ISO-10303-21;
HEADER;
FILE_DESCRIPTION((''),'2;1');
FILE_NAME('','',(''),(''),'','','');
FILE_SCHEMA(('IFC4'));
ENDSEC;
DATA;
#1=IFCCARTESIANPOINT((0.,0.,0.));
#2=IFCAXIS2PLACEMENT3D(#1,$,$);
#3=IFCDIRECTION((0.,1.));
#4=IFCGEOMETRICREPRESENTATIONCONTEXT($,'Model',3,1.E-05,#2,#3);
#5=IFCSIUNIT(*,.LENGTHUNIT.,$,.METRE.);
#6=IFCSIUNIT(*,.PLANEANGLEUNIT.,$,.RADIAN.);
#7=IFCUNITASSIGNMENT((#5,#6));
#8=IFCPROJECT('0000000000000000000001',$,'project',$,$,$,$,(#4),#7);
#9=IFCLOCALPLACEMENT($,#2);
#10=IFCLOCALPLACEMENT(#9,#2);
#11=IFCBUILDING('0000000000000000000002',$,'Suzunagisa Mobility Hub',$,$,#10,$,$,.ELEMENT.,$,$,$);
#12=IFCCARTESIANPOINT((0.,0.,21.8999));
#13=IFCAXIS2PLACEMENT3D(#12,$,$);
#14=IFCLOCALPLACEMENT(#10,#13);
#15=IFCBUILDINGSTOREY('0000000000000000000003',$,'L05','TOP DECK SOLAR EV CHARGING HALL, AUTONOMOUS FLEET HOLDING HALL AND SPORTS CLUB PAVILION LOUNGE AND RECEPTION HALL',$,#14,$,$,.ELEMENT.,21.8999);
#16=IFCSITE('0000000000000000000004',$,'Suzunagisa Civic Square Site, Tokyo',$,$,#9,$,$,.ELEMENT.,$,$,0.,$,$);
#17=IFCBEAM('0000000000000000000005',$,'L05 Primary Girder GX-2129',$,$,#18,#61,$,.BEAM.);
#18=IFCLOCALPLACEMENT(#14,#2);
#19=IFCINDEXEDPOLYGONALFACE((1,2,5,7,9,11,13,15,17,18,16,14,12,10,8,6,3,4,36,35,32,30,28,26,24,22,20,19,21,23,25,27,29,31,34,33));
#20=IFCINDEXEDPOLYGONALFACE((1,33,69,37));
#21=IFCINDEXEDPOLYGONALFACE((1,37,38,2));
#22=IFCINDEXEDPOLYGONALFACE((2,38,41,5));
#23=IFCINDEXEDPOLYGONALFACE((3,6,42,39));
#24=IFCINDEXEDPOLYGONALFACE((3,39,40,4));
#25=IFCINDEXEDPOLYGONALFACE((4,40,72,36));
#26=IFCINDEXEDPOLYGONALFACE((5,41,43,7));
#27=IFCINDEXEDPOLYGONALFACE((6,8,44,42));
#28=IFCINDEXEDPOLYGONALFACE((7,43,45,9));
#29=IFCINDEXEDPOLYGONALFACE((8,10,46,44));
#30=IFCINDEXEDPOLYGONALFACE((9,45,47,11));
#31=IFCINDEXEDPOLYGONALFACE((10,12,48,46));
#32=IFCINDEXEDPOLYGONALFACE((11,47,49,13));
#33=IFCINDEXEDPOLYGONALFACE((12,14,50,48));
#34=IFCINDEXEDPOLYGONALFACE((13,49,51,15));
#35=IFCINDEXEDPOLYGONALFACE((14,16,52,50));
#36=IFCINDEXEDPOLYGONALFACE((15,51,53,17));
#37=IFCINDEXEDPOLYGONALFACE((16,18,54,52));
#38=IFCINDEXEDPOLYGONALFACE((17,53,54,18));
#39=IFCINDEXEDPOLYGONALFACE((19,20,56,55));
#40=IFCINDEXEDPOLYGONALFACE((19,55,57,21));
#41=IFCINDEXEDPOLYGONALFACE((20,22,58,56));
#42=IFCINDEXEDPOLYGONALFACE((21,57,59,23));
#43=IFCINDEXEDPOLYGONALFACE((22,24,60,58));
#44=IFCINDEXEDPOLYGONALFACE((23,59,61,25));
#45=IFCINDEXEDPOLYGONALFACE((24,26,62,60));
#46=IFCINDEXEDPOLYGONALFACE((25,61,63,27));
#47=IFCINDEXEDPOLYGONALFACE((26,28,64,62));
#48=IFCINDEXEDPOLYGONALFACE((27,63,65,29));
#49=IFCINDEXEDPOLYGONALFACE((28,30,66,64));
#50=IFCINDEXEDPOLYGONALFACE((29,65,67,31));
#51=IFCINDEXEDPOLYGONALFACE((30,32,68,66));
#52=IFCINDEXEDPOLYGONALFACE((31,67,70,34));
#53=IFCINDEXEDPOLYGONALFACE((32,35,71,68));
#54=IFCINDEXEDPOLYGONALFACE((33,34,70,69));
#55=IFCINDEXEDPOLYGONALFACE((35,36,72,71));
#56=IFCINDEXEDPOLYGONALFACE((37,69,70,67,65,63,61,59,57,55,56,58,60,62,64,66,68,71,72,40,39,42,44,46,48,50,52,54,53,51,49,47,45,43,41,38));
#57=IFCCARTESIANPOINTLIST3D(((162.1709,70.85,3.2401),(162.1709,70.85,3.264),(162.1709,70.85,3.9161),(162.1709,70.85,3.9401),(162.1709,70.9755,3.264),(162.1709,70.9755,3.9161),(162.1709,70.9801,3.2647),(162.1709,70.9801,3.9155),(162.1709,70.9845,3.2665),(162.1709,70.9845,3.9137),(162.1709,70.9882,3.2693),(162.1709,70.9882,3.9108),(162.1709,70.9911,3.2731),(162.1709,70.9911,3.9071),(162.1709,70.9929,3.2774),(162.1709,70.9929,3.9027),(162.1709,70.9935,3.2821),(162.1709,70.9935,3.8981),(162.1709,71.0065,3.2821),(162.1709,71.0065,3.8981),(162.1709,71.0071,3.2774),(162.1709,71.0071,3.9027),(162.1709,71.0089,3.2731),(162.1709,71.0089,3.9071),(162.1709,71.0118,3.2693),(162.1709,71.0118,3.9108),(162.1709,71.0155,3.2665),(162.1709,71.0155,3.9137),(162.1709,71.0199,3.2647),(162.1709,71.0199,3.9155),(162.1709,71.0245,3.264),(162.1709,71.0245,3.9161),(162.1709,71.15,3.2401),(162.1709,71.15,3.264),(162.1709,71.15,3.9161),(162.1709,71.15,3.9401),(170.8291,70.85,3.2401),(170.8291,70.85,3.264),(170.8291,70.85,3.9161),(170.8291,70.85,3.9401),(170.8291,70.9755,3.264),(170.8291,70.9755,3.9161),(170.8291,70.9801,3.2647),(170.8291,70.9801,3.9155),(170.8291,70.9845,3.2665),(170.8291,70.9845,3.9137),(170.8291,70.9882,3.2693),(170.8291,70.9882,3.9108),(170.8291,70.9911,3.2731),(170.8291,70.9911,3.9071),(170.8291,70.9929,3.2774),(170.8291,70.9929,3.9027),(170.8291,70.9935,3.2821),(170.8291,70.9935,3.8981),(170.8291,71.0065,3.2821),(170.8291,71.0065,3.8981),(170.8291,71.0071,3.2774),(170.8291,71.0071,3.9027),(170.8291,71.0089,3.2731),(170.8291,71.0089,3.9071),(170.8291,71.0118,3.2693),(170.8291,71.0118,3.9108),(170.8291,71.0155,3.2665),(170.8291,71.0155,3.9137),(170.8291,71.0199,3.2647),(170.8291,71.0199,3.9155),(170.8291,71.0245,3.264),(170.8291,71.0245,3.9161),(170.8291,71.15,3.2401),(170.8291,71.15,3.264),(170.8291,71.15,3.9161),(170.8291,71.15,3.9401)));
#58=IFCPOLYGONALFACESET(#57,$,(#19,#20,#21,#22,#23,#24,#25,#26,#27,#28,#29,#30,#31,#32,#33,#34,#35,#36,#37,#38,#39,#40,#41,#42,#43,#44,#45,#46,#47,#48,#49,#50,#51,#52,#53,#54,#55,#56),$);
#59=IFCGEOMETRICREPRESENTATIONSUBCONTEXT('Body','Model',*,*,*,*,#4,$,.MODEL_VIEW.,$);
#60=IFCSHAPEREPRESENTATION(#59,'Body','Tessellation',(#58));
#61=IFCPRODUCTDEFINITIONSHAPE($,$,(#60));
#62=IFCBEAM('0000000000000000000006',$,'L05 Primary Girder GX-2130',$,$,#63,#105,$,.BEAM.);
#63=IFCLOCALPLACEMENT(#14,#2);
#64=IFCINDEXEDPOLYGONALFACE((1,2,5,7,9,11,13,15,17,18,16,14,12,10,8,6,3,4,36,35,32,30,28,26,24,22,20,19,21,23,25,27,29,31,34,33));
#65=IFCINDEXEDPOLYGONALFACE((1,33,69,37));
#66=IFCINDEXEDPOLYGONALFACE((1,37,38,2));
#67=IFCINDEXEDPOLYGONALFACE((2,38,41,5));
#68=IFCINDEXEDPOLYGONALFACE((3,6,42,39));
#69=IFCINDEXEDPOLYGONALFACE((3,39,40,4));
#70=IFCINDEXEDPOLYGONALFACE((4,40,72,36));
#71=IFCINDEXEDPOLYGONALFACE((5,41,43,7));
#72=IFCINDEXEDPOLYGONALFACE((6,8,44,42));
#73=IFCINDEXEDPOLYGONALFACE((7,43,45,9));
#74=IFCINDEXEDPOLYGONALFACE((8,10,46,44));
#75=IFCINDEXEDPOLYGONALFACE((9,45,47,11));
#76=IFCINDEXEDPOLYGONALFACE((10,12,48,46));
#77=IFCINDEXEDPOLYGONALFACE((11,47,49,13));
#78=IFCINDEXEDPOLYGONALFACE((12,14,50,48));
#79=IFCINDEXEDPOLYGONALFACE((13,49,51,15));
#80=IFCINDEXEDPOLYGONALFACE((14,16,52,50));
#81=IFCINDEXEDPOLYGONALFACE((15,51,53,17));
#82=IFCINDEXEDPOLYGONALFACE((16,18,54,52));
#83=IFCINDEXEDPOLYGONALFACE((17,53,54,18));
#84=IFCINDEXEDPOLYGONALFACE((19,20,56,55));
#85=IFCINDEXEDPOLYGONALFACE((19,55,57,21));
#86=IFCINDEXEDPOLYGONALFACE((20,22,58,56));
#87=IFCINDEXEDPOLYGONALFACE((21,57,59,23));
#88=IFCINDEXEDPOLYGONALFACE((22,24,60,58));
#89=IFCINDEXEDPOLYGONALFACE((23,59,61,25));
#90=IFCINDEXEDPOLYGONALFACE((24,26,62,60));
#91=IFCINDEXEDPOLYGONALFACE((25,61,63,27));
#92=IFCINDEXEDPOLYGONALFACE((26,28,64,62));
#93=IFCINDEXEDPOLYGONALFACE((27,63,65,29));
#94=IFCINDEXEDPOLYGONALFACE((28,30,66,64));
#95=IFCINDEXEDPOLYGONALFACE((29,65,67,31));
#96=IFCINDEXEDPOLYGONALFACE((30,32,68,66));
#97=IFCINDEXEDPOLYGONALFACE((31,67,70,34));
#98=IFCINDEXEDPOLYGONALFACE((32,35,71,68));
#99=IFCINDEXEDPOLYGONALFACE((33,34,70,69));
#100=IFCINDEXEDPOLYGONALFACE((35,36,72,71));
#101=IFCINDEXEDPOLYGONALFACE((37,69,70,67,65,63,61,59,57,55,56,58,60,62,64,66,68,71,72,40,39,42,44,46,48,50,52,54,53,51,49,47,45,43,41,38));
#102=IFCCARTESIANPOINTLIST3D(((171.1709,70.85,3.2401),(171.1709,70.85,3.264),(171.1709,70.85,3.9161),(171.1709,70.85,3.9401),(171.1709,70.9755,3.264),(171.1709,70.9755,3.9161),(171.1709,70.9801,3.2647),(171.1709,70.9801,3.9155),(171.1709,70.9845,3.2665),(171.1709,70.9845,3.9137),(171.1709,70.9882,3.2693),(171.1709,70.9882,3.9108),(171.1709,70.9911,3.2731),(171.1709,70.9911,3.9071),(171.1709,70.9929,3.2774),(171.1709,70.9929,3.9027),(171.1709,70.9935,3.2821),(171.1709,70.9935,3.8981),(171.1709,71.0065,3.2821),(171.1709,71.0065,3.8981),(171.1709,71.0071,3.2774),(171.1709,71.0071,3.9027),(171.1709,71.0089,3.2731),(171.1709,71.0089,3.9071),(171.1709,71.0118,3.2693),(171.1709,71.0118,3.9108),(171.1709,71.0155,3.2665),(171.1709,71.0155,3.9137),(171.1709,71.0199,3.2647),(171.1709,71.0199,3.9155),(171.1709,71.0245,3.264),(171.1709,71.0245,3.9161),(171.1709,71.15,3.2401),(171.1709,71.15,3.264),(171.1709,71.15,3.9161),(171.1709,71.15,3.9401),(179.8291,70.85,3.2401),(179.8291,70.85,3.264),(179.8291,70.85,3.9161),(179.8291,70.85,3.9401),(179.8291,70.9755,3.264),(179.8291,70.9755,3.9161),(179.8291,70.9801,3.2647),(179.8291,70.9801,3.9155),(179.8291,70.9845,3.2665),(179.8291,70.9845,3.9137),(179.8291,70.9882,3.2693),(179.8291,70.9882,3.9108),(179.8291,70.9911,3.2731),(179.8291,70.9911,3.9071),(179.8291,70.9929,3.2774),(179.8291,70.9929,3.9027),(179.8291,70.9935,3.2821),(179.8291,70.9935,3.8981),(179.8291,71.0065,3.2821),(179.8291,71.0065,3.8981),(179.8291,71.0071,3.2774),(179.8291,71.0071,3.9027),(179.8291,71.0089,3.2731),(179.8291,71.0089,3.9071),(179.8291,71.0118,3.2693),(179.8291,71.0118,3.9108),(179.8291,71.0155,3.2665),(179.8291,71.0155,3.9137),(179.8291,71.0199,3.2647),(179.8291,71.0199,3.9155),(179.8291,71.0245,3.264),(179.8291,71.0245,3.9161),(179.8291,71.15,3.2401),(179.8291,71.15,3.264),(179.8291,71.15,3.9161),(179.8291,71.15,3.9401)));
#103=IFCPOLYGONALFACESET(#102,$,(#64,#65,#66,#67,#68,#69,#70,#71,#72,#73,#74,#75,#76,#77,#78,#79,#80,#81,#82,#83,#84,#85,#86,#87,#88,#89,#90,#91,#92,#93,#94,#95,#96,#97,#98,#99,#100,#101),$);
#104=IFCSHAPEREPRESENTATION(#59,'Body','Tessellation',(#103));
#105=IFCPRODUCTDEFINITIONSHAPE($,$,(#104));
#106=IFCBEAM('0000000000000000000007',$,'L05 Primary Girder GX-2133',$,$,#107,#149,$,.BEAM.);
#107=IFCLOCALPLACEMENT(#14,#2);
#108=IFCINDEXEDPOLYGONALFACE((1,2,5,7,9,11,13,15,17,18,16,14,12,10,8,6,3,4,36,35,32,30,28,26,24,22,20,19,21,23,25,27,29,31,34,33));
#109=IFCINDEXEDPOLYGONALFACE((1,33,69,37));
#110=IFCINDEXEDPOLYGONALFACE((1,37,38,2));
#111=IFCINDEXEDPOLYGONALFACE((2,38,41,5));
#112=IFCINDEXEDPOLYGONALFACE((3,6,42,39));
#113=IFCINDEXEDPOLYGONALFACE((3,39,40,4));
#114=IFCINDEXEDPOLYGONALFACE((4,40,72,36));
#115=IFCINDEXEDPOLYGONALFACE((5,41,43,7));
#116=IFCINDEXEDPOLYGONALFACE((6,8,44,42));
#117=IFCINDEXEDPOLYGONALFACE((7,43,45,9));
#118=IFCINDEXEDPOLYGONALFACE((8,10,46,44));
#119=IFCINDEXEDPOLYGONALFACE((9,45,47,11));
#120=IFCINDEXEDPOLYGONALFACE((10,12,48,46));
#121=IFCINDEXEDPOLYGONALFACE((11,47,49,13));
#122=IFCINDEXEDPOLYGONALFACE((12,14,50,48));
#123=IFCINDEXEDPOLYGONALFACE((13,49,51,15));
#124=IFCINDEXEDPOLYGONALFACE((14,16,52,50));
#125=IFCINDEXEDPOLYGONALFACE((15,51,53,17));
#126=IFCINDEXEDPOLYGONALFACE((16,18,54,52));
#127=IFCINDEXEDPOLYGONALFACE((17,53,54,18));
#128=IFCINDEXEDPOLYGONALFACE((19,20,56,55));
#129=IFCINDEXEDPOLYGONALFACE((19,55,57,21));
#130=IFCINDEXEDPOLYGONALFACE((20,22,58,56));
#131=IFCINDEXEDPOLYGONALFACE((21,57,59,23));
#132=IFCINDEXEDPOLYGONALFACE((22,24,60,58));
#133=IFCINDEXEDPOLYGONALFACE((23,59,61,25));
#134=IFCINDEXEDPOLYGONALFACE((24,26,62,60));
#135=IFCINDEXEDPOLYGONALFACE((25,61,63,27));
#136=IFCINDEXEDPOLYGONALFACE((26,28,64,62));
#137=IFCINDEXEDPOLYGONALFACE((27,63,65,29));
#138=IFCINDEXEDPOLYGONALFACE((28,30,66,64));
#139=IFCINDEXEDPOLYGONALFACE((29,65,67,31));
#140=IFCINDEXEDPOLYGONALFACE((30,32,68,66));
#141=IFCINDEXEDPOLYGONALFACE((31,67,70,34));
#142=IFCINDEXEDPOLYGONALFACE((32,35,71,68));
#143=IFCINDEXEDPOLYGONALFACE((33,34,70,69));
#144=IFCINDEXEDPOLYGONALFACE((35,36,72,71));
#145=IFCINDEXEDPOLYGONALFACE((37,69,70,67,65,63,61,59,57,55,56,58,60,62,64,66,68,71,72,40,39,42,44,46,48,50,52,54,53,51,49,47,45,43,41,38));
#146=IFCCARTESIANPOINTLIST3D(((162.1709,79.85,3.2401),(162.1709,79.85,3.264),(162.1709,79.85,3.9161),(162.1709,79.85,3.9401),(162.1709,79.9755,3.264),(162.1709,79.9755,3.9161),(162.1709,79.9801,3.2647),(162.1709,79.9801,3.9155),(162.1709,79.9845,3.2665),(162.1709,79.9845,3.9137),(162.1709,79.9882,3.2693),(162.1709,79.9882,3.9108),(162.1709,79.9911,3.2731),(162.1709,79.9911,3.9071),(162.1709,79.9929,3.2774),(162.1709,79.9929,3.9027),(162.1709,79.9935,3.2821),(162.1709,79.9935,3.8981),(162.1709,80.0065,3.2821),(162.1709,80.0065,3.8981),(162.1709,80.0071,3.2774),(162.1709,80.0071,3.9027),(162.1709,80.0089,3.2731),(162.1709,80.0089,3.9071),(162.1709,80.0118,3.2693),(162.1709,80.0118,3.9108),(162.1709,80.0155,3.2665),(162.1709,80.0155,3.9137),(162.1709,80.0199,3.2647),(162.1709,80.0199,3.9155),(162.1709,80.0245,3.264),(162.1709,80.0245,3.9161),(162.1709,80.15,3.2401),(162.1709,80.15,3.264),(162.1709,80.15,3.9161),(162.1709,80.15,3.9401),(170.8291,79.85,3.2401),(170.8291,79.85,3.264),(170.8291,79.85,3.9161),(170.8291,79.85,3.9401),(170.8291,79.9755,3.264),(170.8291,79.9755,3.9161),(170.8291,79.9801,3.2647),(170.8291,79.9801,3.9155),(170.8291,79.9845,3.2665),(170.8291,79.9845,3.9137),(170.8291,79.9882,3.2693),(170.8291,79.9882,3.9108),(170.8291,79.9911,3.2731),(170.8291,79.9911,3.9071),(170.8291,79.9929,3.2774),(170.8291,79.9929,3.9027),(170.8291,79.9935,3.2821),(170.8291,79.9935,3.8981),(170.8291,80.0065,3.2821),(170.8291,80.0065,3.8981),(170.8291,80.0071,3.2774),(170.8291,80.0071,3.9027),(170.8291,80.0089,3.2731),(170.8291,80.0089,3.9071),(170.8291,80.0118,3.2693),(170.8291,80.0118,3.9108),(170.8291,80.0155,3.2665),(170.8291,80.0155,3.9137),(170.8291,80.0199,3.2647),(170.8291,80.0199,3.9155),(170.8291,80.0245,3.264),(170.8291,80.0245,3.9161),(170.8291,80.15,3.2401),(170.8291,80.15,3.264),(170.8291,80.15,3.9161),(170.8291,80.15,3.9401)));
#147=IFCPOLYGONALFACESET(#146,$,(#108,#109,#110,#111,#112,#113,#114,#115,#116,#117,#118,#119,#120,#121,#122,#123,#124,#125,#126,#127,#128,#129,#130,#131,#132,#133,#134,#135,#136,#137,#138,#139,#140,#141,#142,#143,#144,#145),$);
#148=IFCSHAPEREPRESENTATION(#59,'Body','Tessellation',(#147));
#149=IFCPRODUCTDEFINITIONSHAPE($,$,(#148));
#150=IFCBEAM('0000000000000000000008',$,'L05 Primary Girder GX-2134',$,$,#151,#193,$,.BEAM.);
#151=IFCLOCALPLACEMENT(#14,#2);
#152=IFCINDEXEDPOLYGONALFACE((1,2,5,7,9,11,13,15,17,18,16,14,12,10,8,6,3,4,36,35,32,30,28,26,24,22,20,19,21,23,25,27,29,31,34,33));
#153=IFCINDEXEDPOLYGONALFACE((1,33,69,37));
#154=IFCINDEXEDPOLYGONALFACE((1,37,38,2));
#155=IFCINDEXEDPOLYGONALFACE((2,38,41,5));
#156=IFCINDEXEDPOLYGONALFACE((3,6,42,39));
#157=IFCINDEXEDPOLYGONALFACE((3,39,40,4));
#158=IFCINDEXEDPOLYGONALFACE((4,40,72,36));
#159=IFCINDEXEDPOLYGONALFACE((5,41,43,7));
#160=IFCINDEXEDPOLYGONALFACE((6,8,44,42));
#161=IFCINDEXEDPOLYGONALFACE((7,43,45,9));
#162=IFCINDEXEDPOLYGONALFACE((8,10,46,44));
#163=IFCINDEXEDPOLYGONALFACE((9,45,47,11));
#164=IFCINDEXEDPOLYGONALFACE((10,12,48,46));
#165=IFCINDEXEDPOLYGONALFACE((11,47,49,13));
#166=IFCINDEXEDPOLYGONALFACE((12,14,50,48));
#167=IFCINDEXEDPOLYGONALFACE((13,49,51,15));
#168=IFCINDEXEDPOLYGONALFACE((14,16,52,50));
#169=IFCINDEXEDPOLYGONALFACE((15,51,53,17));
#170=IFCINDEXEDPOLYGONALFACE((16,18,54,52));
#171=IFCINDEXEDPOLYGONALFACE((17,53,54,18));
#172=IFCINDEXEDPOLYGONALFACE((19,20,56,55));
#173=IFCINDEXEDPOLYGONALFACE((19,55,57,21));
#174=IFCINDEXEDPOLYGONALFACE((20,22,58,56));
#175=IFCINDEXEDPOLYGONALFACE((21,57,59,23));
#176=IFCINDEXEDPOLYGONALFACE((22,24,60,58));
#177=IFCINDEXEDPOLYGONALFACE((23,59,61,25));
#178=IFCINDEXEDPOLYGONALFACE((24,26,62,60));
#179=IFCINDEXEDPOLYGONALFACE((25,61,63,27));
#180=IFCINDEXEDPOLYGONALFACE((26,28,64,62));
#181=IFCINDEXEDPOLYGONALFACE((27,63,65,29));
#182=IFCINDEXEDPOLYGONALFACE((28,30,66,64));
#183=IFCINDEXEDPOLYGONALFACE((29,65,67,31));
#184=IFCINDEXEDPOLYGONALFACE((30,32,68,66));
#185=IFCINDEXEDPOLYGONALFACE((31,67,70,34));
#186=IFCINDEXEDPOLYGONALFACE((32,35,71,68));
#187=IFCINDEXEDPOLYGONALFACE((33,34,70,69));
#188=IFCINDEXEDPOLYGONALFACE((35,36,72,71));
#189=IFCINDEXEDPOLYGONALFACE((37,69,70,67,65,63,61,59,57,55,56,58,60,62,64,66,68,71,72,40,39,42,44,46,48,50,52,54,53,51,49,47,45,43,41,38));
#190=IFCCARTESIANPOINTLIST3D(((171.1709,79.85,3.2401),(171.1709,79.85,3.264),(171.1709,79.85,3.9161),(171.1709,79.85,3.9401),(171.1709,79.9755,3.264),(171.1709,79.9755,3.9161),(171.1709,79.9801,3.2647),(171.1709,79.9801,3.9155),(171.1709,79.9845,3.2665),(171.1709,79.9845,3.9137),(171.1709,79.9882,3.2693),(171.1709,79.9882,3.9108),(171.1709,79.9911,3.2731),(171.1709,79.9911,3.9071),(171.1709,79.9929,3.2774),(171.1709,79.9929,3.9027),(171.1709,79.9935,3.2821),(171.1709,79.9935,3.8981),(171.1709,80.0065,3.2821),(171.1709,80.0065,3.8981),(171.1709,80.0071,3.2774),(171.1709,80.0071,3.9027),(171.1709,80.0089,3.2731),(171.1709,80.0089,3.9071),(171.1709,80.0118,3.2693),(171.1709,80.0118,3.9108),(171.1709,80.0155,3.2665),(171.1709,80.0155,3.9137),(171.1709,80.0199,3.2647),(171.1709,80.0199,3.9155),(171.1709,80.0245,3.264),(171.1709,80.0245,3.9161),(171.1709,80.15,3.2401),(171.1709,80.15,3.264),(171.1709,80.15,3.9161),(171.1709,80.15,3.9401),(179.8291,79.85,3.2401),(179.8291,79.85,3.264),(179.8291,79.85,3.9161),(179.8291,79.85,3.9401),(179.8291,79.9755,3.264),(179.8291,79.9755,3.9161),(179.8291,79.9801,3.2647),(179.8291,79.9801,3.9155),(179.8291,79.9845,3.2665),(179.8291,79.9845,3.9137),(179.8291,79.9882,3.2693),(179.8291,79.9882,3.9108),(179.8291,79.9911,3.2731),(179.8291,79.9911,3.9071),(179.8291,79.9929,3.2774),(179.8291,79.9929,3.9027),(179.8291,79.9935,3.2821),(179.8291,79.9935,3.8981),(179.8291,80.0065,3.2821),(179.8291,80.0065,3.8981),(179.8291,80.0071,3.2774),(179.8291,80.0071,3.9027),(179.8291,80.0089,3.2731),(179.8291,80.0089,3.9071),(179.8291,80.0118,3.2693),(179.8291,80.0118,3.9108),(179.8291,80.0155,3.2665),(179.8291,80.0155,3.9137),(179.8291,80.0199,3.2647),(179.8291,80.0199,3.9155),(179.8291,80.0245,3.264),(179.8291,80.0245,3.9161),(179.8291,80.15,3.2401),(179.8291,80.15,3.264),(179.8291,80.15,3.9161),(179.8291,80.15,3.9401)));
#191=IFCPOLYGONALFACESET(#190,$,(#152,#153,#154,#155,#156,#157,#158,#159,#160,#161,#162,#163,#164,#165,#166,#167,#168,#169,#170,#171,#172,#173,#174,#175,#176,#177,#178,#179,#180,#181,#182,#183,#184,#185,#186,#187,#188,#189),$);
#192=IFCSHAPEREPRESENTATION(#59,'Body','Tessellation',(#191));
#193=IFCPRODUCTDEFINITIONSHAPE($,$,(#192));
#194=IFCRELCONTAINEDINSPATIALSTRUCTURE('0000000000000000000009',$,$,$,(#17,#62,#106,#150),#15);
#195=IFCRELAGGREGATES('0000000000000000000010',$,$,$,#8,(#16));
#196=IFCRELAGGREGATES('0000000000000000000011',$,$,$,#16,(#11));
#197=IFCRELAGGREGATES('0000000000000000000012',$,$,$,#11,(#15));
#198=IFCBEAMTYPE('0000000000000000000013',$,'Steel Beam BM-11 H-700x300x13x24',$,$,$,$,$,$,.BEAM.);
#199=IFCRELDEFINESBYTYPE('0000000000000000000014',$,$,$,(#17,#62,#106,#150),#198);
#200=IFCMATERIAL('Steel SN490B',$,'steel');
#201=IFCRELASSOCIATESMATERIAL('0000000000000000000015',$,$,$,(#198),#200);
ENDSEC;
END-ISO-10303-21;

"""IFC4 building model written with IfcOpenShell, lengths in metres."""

from ifc_helpers import new_model, si_unit, direction, frame, origin, origin_2d, place, context, subcontext, project, spatial, i_section, extrude, material, material_profile, profile_set, type_object, element, save


model = new_model("IFC4")

# Units and contexts
model_context = context("Model", 3, precision=1e-05, world=origin(), true_north=direction((0.0, 1.0)))
body_context = subcontext(model_context, "Body", "Model", "MODEL_VIEW")
ifc_project = project(units=[si_unit("LENGTHUNIT", "METRE"), si_unit("PLANEANGLEUNIT", "RADIAN")], contexts=[model_context])

# Site, building, storey
site_placement = place(None, origin())
site = spatial("IfcSite", under=ifc_project, at=site_placement, Name="Suzunagisa Civic Square Site, Tokyo", CompositionType="ELEMENT", RefElevation=0.0)
building_placement = place(site_placement, origin())
building = spatial("IfcBuilding", under=site, at=building_placement, Name="Suzunagisa Mobility Hub", CompositionType="ELEMENT")
storey_placement = place(building_placement, frame((0.0, 0.0, 21.8999)))
storey = spatial("IfcBuildingStorey", under=building, at=storey_placement, Name="L05", Description="TOP DECK SOLAR EV CHARGING HALL, AUTONOMOUS FLEET HOLDING HALL AND SPORTS CLUB PAVILION LOUNGE AND RECEPTION HALL", CompositionType="ELEMENT", Elevation=21.8999)

# Shared definitions
ifc_material_1 = material(Name="Steel SN490B", Category="steel")

# Beams
ifc_material_profile_1 = material_profile(ifc_material_1, i_section(OverallWidth=0.3, OverallDepth=0.7, WebThickness=0.0129, FlangeThickness=0.0239, FilletRadius=0.0181, at=origin_2d()), Name="H-700x300x13x24")
ifc_profile_set_1 = profile_set([ifc_material_profile_1], Name="Steel SN490B")
beam_type_1 = type_object("IfcBeamType", Name="Steel Beam BM-11 H-700x300x13x24", PredefinedType="BEAM", material=ifc_profile_set_1)
for number, where, z_axis, x_axis, name in (
    (1, (162.1709, 71.0, 3.5901), (1.0, 0.0, 0.0), (0.0, 1.0, 0.0), "L05 Primary Girder GX-2129"),
    (2, (171.1709, 71.0, 3.5901), (1.0, 0.0, 0.0), (0.0, 1.0, 0.0), "L05 Primary Girder GX-2130"),
    (3, (162.1709, 80.0, 3.5901), (1.0, 0.0, 0.0), (0.0, 1.0, 0.0), "L05 Primary Girder GX-2133"),
    (4, (171.1709, 80.0, 3.5901), (1.0, 0.0, 0.0), (0.0, 1.0, 0.0), "L05 Primary Girder GX-2134"),
):
    element("IfcBeam", number, at=place(storey_placement, frame(where, z_axis=z_axis, x_axis=x_axis)), inside=storey, type_object=beam_type_1, Name=name, PredefinedType="BEAM", context=body_context, shape_type="SweptSolid", body=[
        extrude(i_section(OverallWidth=0.3, OverallDepth=0.7, WebThickness=0.0129, FlangeThickness=0.0239, FilletRadius=0.0181, at=origin_2d()), origin(), (0.0, 0.0, 1.0), 8.6582),
    ])

save(model, "model.ifc")
